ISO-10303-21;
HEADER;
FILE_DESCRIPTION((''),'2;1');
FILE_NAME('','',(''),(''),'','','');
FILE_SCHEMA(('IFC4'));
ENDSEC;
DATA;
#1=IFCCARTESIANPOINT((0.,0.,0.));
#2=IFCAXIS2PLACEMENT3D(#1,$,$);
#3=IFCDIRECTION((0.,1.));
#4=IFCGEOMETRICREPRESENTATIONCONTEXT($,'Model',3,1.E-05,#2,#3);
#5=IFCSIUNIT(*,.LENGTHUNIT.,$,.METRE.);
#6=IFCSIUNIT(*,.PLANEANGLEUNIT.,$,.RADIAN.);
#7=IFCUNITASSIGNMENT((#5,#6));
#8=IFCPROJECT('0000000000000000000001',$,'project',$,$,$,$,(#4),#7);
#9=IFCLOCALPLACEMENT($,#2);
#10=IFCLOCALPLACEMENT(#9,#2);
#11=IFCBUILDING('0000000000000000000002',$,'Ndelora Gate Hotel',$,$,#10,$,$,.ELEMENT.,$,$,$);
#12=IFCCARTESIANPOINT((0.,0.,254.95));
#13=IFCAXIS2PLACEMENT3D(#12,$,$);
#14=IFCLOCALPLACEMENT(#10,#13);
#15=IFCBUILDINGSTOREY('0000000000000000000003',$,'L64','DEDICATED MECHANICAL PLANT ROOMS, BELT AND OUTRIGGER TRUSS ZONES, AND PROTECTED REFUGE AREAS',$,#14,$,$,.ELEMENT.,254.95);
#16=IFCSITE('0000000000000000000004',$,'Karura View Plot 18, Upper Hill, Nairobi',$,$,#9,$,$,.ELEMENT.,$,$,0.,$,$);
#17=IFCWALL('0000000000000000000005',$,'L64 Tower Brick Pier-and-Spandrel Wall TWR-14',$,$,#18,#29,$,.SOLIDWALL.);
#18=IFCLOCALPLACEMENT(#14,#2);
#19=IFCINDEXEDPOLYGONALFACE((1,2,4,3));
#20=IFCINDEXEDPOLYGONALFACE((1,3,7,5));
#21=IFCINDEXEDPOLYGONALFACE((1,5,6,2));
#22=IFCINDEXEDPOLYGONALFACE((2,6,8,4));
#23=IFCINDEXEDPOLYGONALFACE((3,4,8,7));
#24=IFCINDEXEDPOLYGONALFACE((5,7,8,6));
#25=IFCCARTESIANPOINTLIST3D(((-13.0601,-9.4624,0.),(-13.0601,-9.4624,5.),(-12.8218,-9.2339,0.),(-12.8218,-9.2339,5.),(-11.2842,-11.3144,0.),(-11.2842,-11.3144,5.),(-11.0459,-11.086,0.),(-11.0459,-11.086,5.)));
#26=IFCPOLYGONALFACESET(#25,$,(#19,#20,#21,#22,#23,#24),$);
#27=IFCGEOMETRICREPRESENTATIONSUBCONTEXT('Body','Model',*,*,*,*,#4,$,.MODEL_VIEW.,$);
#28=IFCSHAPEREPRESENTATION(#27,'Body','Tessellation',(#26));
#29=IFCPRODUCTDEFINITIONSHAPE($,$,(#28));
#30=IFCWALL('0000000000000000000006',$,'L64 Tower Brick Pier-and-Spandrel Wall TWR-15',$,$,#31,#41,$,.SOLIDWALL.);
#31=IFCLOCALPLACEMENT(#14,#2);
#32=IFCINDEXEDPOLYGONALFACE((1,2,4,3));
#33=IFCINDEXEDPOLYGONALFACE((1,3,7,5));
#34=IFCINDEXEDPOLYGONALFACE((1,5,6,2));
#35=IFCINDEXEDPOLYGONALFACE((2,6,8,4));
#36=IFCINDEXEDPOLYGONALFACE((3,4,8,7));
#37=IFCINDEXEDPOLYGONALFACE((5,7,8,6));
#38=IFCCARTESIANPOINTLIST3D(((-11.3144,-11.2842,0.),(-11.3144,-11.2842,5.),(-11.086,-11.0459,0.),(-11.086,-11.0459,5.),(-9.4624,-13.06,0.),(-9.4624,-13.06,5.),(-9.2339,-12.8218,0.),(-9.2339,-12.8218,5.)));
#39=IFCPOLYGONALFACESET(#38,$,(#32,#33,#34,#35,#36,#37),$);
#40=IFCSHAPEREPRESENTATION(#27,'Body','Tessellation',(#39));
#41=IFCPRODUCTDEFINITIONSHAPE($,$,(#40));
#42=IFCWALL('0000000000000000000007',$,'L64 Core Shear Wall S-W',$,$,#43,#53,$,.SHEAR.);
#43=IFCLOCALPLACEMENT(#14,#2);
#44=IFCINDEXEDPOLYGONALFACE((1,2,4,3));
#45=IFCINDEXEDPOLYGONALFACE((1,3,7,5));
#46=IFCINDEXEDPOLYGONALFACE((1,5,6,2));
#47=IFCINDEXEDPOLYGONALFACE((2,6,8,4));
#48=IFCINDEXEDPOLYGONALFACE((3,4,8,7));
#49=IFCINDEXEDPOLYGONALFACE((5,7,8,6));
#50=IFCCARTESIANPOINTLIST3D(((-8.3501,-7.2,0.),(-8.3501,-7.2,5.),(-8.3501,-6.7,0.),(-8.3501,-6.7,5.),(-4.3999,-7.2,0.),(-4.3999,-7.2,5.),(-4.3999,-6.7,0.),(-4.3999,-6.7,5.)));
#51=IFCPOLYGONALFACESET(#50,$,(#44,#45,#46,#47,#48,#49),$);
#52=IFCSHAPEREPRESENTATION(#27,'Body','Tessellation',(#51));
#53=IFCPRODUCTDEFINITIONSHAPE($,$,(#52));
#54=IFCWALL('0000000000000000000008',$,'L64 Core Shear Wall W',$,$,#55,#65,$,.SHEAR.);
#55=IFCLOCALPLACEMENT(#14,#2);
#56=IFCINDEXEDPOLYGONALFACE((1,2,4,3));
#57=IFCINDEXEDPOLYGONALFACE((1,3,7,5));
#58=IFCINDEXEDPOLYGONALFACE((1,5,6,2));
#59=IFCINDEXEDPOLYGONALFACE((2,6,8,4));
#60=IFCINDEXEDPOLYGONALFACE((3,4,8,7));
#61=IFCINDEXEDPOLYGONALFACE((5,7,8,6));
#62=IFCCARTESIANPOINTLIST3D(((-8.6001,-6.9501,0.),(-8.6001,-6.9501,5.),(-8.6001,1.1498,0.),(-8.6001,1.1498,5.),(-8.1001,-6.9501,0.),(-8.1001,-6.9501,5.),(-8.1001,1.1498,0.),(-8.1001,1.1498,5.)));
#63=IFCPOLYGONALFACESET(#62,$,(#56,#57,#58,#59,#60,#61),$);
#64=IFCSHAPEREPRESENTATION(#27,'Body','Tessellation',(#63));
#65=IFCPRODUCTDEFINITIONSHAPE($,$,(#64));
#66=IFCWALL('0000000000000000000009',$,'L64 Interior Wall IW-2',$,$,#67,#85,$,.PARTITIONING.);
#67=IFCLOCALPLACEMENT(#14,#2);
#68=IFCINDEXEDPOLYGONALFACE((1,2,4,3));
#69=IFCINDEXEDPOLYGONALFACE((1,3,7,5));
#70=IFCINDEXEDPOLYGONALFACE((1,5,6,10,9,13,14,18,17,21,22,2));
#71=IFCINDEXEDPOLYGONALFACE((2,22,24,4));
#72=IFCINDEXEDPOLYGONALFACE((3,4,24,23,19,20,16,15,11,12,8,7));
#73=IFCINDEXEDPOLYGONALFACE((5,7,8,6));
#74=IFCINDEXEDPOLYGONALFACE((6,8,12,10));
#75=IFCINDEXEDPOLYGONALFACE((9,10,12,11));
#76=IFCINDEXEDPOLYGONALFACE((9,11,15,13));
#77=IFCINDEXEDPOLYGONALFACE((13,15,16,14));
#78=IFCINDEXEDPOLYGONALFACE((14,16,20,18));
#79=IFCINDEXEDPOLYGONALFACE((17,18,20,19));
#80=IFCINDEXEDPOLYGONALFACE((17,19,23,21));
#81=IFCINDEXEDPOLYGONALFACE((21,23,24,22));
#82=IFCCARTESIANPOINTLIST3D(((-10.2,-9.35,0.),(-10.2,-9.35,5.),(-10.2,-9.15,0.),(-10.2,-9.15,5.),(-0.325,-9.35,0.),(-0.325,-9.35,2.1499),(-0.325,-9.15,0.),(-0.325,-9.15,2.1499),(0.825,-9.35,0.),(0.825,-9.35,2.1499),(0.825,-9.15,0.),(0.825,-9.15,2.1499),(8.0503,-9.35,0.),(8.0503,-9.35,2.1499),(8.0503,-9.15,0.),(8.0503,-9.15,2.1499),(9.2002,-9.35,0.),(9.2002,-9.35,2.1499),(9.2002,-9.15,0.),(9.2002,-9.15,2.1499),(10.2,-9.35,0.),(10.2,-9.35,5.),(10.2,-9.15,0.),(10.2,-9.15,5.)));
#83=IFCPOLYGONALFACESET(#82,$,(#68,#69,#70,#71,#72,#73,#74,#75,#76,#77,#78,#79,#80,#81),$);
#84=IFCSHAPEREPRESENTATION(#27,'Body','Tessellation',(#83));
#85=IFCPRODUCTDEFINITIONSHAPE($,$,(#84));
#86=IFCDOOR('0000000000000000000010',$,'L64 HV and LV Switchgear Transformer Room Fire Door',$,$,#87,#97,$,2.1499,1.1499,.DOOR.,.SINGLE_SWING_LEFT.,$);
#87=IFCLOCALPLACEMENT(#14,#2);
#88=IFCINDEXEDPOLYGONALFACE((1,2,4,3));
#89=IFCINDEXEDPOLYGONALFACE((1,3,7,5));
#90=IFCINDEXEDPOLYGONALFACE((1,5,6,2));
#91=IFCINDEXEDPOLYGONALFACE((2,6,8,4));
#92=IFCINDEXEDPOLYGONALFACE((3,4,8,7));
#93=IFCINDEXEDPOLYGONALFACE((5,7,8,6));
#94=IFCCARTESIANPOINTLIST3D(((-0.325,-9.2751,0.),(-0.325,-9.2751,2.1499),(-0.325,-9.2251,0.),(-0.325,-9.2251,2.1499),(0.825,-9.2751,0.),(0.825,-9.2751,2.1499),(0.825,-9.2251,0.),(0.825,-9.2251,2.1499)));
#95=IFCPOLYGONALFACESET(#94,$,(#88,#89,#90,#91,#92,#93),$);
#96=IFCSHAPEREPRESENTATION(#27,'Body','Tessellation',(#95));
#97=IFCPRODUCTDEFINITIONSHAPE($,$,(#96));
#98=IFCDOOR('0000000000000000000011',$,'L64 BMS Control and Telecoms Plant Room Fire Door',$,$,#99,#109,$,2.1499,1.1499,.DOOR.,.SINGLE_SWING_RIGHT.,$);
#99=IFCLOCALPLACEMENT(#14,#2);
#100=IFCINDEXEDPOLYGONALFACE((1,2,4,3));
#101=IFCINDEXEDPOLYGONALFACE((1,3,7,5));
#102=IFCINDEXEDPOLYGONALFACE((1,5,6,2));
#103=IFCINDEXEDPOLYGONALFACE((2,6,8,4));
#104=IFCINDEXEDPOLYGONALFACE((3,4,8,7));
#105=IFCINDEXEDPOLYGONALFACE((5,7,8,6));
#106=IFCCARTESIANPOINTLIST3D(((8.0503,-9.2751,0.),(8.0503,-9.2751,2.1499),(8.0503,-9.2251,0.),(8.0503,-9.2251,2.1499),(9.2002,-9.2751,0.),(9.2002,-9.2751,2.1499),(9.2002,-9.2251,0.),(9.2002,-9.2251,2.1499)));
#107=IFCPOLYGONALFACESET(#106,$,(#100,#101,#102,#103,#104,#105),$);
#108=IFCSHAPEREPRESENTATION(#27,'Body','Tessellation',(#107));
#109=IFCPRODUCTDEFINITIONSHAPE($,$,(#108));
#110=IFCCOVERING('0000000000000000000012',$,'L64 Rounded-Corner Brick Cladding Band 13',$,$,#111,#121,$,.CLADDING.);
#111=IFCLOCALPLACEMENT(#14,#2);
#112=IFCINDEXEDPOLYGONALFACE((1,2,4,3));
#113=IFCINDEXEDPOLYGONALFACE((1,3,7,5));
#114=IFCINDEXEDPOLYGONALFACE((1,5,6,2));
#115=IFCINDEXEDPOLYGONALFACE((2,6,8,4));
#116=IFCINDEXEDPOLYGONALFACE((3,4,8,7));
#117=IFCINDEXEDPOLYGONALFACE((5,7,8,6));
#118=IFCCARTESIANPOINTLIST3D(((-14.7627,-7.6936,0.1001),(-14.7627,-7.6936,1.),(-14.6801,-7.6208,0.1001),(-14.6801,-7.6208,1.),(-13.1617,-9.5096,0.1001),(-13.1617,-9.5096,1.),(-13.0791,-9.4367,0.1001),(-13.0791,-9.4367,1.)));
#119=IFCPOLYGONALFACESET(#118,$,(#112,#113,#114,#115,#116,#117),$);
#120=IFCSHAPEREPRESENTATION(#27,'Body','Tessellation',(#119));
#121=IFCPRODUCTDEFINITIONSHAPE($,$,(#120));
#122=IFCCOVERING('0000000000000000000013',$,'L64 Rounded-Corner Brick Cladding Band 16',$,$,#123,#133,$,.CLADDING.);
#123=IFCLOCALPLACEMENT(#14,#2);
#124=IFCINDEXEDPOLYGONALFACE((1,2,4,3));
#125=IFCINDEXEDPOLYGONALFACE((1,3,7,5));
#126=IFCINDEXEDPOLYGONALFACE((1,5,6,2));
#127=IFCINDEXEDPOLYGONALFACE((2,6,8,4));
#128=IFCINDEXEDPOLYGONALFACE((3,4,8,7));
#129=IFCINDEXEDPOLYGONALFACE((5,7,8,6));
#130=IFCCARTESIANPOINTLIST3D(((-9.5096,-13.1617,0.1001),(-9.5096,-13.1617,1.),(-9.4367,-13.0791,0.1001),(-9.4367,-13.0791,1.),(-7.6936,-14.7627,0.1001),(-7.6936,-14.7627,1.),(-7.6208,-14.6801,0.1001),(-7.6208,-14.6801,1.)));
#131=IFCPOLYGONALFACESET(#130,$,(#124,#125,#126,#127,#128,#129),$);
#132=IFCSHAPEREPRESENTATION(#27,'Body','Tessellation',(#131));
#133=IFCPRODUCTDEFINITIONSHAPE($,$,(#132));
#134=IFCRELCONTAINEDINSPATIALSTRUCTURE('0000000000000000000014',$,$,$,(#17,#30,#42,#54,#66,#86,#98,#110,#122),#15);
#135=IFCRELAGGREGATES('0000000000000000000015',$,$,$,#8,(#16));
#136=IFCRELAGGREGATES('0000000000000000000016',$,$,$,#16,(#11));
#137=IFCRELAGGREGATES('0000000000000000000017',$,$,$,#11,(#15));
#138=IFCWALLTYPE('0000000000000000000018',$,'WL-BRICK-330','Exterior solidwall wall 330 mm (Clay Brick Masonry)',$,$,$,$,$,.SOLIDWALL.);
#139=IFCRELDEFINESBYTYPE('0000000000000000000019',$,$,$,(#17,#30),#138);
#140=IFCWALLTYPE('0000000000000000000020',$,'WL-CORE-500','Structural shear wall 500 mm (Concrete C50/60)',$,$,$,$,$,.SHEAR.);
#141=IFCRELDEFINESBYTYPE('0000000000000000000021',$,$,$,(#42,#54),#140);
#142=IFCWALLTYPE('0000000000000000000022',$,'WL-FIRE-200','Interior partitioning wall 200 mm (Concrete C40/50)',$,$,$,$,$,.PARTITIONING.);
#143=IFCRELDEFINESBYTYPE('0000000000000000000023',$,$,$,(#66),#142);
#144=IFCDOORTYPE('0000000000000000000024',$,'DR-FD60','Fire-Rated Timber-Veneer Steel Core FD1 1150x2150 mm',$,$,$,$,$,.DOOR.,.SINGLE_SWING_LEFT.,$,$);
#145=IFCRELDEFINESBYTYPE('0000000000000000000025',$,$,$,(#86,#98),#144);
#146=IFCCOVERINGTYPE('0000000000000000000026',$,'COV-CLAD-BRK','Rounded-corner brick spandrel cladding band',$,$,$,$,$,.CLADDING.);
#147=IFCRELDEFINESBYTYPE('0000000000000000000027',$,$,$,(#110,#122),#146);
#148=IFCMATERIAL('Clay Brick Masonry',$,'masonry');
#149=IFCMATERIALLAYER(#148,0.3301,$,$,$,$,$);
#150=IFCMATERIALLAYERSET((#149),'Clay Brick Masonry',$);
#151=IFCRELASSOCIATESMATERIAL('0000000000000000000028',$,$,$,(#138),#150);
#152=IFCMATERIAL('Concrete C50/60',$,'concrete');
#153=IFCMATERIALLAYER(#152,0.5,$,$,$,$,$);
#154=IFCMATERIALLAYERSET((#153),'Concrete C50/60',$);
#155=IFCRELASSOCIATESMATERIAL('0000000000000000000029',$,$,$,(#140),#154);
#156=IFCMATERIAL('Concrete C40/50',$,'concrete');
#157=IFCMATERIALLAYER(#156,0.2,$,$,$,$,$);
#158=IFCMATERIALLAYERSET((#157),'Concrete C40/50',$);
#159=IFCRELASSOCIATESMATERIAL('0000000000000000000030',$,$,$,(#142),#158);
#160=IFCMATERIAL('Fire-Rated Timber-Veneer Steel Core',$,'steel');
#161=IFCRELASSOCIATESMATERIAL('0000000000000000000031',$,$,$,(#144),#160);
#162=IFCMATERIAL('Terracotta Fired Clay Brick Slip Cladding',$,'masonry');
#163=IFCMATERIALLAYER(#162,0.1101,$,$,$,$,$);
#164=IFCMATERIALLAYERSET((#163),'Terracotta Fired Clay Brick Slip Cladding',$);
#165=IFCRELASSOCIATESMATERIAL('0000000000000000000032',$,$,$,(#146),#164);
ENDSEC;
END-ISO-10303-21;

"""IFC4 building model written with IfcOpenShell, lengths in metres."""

from ifc_helpers import new_model, si_unit, direction, frame, frame_2d, origin, origin_2d, place, context, subcontext, project, spatial, rectangle, extrude, material, layer, layer_set, type_object, element, fill, save


model = new_model("IFC4")

# Units and contexts
model_context = context("Model", 3, precision=1e-05, world=origin(), true_north=direction((0.0, 1.0)))
body_context = subcontext(model_context, "Body", "Model", "MODEL_VIEW")
ifc_project = project(units=[si_unit("LENGTHUNIT", "METRE"), si_unit("PLANEANGLEUNIT", "RADIAN")], contexts=[model_context])

# Site, building, storey
site_placement = place(None, origin())
site = spatial("IfcSite", under=ifc_project, at=site_placement, Name="Karura View Plot 18, Upper Hill, Nairobi", CompositionType="ELEMENT", RefElevation=0.0)
building_placement = place(site_placement, origin())
building = spatial("IfcBuilding", under=site, at=building_placement, Name="Ndelora Gate Hotel", CompositionType="ELEMENT")
storey_placement = place(building_placement, frame((0.0, 0.0, 254.95)))
storey = spatial("IfcBuildingStorey", under=building, at=storey_placement, Name="L64", Description="DEDICATED MECHANICAL PLANT ROOMS, BELT AND OUTRIGGER TRUSS ZONES, AND PROTECTED REFUGE AREAS", CompositionType="ELEMENT", Elevation=254.95)

# Shared definitions
ifc_material_1 = material(Name="Concrete C50/60", Category="concrete")

# Walls
ifc_material_2 = material(Name="Clay Brick Masonry", Category="masonry")
ifc_layer_1 = layer(ifc_material_2, 0.3301)
ifc_layer_set_1 = layer_set([ifc_layer_1], Name="Clay Brick Masonry")
wall_type_1 = type_object("IfcWallType", Name="WL-BRICK-330", Description="Exterior solidwall wall 330 mm (Clay Brick Masonry)", PredefinedType="SOLIDWALL", material=ifc_layer_set_1)
for number, where, z_axis, x_axis, name in (
    (1, (-11.165, -11.2002, 0.0), (0.0, 0.0, 1.0), (-0.692108, 0.721794, 0.0), "L64 Tower Brick Pier-and-Spandrel Wall TWR-14"),
    (2, (-9.3481, -12.9409, 0.0), (0.0, 0.0, 1.0), (-0.721794, 0.692108, 0.0), "L64 Tower Brick Pier-and-Spandrel Wall TWR-15"),
):
    element("IfcWall", number, at=place(storey_placement, frame(where, z_axis=z_axis, x_axis=x_axis)), inside=storey, type_object=wall_type_1, Name=name, PredefinedType="SOLIDWALL", context=body_context, shape_type="SweptSolid", body=[
        extrude(rectangle(XDim=2.5659, YDim=0.3301, at=frame_2d((1.283, 0.0))), origin(), (0.0, 0.0, 1.0), 5.0),
    ])
ifc_layer_2 = layer(ifc_material_1, 0.5)
ifc_layer_set_2 = layer_set([ifc_layer_2], Name="Concrete C50/60")
wall_type_2 = type_object("IfcWallType", Name="WL-CORE-500", Description="Structural shear wall 500 mm (Concrete C50/60)", PredefinedType="SHEAR", material=ifc_layer_set_2)
wall_1_placement = place(storey_placement, frame((-8.3501, -6.95, 0.0), z_axis=(0.0, 0.0, 1.0), x_axis=(1.0, 0.0, 0.0)))
element("IfcWall", 3, at=wall_1_placement, inside=storey, type_object=wall_type_2, Name="L64 Core Shear Wall S-W", PredefinedType="SHEAR", context=body_context, shape_type="SweptSolid", body=[
    extrude(rectangle(XDim=3.9502, YDim=0.5, at=frame_2d((1.9751, 0.0))), origin(), (0.0, 0.0, 1.0), 5.0),
])
wall_2_placement = place(storey_placement, frame((-8.3501, -6.95, 0.0), z_axis=(0.0, 0.0, 1.0), x_axis=(0.0, 1.0, 0.0)))
element("IfcWall", 4, at=wall_2_placement, inside=storey, type_object=wall_type_2, Name="L64 Core Shear Wall W", PredefinedType="SHEAR", context=body_context, shape_type="SweptSolid", body=[
    extrude(rectangle(XDim=8.0999, YDim=0.5, at=frame_2d((4.0498, 0.0))), origin(), (0.0, 0.0, 1.0), 5.0),
])

# Wall, openings, doors
ifc_material_3 = material(Name="Concrete C40/50", Category="concrete")
ifc_layer_3 = layer(ifc_material_3, 0.2)
ifc_layer_set_3 = layer_set([ifc_layer_3], Name="Concrete C40/50")
wall_type_3 = type_object("IfcWallType", Name="WL-FIRE-200", Description="Interior partitioning wall 200 mm (Concrete C40/50)", PredefinedType="PARTITIONING", material=ifc_layer_set_3)
wall_3_placement = place(storey_placement, frame((-10.2, -9.25, 0.0), z_axis=(0.0, 0.0, 1.0), x_axis=(1.0, 0.0, 0.0)))
wall_3 = element("IfcWall", 5, at=wall_3_placement, inside=storey, type_object=wall_type_3, Name="L64 Interior Wall IW-2", PredefinedType="PARTITIONING", context=body_context, shape_type="SweptSolid", body=[
    extrude(rectangle(XDim=20.3999, YDim=0.2, at=frame_2d((10.2, 0.0))), origin(), (0.0, 0.0, 1.0), 5.0),
])
opening_1_placement = place(wall_3_placement, frame((9.875, 0.0, 0.0)))
opening_1 = element("IfcOpeningElement", 6, at=opening_1_placement, cuts=wall_3, PredefinedType="OPENING", context=body_context, shape_type="SweptSolid", body=[
    extrude(rectangle(XDim=1.1499, YDim=2.1499, at=frame_2d((0.575, 1.075))), frame((0.0, 0.1099, 0.0), z_axis=(0.0, -1.0, 0.0), x_axis=(1.0, 0.0, 0.0)), (0.0, 0.0, 1.0), 0.22),
])
opening_2_placement = place(wall_3_placement, frame((18.2502, 0.0, 0.0)))
opening_2 = element("IfcOpeningElement", 7, at=opening_2_placement, cuts=wall_3, PredefinedType="OPENING", context=body_context, shape_type="SweptSolid", body=[
    extrude(rectangle(XDim=1.1499, YDim=2.1499, at=frame_2d((0.575, 1.075))), frame((0.0, 0.1099, 0.0), z_axis=(0.0, -1.0, 0.0), x_axis=(1.0, 0.0, 0.0)), (0.0, 0.0, 1.0), 0.22),
])
ifc_material_4 = material(Name="Fire-Rated Timber-Veneer Steel Core", Category="steel")
door_type = type_object("IfcDoorType", Name="DR-FD60", Description="Fire-Rated Timber-Veneer Steel Core FD1 1150x2150 mm", OperationType="SINGLE_SWING_LEFT", PredefinedType="DOOR", material=ifc_material_4)
door_1_placement = place(opening_1_placement, origin())
door_1 = element("IfcDoor", 8, at=door_1_placement, inside=storey, type_object=door_type, Name="L64 HV and LV Switchgear Transformer Room Fire Door", OperationType="SINGLE_SWING_LEFT", OverallHeight=2.1499, OverallWidth=1.1499, PredefinedType="DOOR", context=body_context, shape_type="SweptSolid", body=[
    extrude(rectangle(XDim=1.1499, YDim=2.1499, at=frame_2d((0.575, 1.075))), frame((0.0, 0.0249, 0.0), z_axis=(0.0, -1.0, 0.0), x_axis=(1.0, 0.0, 0.0)), (0.0, 0.0, 1.0), 0.05),
])
fill(opening_1, door_1)
door_2_placement = place(opening_2_placement, origin())
door_2 = element("IfcDoor", 9, at=door_2_placement, inside=storey, type_object=door_type, Name="L64 BMS Control and Telecoms Plant Room Fire Door", OperationType="SINGLE_SWING_RIGHT", OverallHeight=2.1499, OverallWidth=1.1499, PredefinedType="DOOR", context=body_context, shape_type="SweptSolid", body=[
    extrude(rectangle(XDim=1.1499, YDim=2.1499, at=frame_2d((0.575, 1.075))), frame((0.0, 0.0249, 0.0), z_axis=(0.0, -1.0, 0.0), x_axis=(1.0, 0.0, 0.0)), (0.0, 0.0, 1.0), 0.05),
])
fill(opening_2, door_2)

# Coverings
ifc_material_5 = material(Name="Terracotta Fired Clay Brick Slip Cladding", Category="masonry")
ifc_layer_4 = layer(ifc_material_5, 0.1101)
ifc_layer_set_4 = layer_set([ifc_layer_4], Name="Terracotta Fired Clay Brick Slip Cladding")
covering_type = type_object("IfcCoveringType", Name="COV-CLAD-BRK", Description="Rounded-corner brick spandrel cladding band", PredefinedType="CLADDING", material=ifc_layer_set_4)
for number, where, z_axis, x_axis, name in (
    (10, (-13.9209, -8.5652, 0.1001), (0.0, 0.0, 1.0), (-0.661312, 0.750111, 0.0), "L64 Rounded-Corner Brick Cladding Band 13"),
    (11, (-8.5652, -13.9209, 0.1001), (0.0, 0.0, 1.0), (-0.750111, 0.661312, 0.0), "L64 Rounded-Corner Brick Cladding Band 16"),
):
    element("IfcCovering", number, at=place(storey_placement, frame(where, z_axis=z_axis, x_axis=x_axis)), inside=storey, type_object=covering_type, Name=name, PredefinedType="CLADDING", context=body_context, shape_type="SweptSolid", body=[
        extrude(rectangle(XDim=2.4209, YDim=0.1101, at=origin_2d()), origin(), (0.0, 0.0, 1.0), 0.8999),
    ])

save(model, "model.ifc")
